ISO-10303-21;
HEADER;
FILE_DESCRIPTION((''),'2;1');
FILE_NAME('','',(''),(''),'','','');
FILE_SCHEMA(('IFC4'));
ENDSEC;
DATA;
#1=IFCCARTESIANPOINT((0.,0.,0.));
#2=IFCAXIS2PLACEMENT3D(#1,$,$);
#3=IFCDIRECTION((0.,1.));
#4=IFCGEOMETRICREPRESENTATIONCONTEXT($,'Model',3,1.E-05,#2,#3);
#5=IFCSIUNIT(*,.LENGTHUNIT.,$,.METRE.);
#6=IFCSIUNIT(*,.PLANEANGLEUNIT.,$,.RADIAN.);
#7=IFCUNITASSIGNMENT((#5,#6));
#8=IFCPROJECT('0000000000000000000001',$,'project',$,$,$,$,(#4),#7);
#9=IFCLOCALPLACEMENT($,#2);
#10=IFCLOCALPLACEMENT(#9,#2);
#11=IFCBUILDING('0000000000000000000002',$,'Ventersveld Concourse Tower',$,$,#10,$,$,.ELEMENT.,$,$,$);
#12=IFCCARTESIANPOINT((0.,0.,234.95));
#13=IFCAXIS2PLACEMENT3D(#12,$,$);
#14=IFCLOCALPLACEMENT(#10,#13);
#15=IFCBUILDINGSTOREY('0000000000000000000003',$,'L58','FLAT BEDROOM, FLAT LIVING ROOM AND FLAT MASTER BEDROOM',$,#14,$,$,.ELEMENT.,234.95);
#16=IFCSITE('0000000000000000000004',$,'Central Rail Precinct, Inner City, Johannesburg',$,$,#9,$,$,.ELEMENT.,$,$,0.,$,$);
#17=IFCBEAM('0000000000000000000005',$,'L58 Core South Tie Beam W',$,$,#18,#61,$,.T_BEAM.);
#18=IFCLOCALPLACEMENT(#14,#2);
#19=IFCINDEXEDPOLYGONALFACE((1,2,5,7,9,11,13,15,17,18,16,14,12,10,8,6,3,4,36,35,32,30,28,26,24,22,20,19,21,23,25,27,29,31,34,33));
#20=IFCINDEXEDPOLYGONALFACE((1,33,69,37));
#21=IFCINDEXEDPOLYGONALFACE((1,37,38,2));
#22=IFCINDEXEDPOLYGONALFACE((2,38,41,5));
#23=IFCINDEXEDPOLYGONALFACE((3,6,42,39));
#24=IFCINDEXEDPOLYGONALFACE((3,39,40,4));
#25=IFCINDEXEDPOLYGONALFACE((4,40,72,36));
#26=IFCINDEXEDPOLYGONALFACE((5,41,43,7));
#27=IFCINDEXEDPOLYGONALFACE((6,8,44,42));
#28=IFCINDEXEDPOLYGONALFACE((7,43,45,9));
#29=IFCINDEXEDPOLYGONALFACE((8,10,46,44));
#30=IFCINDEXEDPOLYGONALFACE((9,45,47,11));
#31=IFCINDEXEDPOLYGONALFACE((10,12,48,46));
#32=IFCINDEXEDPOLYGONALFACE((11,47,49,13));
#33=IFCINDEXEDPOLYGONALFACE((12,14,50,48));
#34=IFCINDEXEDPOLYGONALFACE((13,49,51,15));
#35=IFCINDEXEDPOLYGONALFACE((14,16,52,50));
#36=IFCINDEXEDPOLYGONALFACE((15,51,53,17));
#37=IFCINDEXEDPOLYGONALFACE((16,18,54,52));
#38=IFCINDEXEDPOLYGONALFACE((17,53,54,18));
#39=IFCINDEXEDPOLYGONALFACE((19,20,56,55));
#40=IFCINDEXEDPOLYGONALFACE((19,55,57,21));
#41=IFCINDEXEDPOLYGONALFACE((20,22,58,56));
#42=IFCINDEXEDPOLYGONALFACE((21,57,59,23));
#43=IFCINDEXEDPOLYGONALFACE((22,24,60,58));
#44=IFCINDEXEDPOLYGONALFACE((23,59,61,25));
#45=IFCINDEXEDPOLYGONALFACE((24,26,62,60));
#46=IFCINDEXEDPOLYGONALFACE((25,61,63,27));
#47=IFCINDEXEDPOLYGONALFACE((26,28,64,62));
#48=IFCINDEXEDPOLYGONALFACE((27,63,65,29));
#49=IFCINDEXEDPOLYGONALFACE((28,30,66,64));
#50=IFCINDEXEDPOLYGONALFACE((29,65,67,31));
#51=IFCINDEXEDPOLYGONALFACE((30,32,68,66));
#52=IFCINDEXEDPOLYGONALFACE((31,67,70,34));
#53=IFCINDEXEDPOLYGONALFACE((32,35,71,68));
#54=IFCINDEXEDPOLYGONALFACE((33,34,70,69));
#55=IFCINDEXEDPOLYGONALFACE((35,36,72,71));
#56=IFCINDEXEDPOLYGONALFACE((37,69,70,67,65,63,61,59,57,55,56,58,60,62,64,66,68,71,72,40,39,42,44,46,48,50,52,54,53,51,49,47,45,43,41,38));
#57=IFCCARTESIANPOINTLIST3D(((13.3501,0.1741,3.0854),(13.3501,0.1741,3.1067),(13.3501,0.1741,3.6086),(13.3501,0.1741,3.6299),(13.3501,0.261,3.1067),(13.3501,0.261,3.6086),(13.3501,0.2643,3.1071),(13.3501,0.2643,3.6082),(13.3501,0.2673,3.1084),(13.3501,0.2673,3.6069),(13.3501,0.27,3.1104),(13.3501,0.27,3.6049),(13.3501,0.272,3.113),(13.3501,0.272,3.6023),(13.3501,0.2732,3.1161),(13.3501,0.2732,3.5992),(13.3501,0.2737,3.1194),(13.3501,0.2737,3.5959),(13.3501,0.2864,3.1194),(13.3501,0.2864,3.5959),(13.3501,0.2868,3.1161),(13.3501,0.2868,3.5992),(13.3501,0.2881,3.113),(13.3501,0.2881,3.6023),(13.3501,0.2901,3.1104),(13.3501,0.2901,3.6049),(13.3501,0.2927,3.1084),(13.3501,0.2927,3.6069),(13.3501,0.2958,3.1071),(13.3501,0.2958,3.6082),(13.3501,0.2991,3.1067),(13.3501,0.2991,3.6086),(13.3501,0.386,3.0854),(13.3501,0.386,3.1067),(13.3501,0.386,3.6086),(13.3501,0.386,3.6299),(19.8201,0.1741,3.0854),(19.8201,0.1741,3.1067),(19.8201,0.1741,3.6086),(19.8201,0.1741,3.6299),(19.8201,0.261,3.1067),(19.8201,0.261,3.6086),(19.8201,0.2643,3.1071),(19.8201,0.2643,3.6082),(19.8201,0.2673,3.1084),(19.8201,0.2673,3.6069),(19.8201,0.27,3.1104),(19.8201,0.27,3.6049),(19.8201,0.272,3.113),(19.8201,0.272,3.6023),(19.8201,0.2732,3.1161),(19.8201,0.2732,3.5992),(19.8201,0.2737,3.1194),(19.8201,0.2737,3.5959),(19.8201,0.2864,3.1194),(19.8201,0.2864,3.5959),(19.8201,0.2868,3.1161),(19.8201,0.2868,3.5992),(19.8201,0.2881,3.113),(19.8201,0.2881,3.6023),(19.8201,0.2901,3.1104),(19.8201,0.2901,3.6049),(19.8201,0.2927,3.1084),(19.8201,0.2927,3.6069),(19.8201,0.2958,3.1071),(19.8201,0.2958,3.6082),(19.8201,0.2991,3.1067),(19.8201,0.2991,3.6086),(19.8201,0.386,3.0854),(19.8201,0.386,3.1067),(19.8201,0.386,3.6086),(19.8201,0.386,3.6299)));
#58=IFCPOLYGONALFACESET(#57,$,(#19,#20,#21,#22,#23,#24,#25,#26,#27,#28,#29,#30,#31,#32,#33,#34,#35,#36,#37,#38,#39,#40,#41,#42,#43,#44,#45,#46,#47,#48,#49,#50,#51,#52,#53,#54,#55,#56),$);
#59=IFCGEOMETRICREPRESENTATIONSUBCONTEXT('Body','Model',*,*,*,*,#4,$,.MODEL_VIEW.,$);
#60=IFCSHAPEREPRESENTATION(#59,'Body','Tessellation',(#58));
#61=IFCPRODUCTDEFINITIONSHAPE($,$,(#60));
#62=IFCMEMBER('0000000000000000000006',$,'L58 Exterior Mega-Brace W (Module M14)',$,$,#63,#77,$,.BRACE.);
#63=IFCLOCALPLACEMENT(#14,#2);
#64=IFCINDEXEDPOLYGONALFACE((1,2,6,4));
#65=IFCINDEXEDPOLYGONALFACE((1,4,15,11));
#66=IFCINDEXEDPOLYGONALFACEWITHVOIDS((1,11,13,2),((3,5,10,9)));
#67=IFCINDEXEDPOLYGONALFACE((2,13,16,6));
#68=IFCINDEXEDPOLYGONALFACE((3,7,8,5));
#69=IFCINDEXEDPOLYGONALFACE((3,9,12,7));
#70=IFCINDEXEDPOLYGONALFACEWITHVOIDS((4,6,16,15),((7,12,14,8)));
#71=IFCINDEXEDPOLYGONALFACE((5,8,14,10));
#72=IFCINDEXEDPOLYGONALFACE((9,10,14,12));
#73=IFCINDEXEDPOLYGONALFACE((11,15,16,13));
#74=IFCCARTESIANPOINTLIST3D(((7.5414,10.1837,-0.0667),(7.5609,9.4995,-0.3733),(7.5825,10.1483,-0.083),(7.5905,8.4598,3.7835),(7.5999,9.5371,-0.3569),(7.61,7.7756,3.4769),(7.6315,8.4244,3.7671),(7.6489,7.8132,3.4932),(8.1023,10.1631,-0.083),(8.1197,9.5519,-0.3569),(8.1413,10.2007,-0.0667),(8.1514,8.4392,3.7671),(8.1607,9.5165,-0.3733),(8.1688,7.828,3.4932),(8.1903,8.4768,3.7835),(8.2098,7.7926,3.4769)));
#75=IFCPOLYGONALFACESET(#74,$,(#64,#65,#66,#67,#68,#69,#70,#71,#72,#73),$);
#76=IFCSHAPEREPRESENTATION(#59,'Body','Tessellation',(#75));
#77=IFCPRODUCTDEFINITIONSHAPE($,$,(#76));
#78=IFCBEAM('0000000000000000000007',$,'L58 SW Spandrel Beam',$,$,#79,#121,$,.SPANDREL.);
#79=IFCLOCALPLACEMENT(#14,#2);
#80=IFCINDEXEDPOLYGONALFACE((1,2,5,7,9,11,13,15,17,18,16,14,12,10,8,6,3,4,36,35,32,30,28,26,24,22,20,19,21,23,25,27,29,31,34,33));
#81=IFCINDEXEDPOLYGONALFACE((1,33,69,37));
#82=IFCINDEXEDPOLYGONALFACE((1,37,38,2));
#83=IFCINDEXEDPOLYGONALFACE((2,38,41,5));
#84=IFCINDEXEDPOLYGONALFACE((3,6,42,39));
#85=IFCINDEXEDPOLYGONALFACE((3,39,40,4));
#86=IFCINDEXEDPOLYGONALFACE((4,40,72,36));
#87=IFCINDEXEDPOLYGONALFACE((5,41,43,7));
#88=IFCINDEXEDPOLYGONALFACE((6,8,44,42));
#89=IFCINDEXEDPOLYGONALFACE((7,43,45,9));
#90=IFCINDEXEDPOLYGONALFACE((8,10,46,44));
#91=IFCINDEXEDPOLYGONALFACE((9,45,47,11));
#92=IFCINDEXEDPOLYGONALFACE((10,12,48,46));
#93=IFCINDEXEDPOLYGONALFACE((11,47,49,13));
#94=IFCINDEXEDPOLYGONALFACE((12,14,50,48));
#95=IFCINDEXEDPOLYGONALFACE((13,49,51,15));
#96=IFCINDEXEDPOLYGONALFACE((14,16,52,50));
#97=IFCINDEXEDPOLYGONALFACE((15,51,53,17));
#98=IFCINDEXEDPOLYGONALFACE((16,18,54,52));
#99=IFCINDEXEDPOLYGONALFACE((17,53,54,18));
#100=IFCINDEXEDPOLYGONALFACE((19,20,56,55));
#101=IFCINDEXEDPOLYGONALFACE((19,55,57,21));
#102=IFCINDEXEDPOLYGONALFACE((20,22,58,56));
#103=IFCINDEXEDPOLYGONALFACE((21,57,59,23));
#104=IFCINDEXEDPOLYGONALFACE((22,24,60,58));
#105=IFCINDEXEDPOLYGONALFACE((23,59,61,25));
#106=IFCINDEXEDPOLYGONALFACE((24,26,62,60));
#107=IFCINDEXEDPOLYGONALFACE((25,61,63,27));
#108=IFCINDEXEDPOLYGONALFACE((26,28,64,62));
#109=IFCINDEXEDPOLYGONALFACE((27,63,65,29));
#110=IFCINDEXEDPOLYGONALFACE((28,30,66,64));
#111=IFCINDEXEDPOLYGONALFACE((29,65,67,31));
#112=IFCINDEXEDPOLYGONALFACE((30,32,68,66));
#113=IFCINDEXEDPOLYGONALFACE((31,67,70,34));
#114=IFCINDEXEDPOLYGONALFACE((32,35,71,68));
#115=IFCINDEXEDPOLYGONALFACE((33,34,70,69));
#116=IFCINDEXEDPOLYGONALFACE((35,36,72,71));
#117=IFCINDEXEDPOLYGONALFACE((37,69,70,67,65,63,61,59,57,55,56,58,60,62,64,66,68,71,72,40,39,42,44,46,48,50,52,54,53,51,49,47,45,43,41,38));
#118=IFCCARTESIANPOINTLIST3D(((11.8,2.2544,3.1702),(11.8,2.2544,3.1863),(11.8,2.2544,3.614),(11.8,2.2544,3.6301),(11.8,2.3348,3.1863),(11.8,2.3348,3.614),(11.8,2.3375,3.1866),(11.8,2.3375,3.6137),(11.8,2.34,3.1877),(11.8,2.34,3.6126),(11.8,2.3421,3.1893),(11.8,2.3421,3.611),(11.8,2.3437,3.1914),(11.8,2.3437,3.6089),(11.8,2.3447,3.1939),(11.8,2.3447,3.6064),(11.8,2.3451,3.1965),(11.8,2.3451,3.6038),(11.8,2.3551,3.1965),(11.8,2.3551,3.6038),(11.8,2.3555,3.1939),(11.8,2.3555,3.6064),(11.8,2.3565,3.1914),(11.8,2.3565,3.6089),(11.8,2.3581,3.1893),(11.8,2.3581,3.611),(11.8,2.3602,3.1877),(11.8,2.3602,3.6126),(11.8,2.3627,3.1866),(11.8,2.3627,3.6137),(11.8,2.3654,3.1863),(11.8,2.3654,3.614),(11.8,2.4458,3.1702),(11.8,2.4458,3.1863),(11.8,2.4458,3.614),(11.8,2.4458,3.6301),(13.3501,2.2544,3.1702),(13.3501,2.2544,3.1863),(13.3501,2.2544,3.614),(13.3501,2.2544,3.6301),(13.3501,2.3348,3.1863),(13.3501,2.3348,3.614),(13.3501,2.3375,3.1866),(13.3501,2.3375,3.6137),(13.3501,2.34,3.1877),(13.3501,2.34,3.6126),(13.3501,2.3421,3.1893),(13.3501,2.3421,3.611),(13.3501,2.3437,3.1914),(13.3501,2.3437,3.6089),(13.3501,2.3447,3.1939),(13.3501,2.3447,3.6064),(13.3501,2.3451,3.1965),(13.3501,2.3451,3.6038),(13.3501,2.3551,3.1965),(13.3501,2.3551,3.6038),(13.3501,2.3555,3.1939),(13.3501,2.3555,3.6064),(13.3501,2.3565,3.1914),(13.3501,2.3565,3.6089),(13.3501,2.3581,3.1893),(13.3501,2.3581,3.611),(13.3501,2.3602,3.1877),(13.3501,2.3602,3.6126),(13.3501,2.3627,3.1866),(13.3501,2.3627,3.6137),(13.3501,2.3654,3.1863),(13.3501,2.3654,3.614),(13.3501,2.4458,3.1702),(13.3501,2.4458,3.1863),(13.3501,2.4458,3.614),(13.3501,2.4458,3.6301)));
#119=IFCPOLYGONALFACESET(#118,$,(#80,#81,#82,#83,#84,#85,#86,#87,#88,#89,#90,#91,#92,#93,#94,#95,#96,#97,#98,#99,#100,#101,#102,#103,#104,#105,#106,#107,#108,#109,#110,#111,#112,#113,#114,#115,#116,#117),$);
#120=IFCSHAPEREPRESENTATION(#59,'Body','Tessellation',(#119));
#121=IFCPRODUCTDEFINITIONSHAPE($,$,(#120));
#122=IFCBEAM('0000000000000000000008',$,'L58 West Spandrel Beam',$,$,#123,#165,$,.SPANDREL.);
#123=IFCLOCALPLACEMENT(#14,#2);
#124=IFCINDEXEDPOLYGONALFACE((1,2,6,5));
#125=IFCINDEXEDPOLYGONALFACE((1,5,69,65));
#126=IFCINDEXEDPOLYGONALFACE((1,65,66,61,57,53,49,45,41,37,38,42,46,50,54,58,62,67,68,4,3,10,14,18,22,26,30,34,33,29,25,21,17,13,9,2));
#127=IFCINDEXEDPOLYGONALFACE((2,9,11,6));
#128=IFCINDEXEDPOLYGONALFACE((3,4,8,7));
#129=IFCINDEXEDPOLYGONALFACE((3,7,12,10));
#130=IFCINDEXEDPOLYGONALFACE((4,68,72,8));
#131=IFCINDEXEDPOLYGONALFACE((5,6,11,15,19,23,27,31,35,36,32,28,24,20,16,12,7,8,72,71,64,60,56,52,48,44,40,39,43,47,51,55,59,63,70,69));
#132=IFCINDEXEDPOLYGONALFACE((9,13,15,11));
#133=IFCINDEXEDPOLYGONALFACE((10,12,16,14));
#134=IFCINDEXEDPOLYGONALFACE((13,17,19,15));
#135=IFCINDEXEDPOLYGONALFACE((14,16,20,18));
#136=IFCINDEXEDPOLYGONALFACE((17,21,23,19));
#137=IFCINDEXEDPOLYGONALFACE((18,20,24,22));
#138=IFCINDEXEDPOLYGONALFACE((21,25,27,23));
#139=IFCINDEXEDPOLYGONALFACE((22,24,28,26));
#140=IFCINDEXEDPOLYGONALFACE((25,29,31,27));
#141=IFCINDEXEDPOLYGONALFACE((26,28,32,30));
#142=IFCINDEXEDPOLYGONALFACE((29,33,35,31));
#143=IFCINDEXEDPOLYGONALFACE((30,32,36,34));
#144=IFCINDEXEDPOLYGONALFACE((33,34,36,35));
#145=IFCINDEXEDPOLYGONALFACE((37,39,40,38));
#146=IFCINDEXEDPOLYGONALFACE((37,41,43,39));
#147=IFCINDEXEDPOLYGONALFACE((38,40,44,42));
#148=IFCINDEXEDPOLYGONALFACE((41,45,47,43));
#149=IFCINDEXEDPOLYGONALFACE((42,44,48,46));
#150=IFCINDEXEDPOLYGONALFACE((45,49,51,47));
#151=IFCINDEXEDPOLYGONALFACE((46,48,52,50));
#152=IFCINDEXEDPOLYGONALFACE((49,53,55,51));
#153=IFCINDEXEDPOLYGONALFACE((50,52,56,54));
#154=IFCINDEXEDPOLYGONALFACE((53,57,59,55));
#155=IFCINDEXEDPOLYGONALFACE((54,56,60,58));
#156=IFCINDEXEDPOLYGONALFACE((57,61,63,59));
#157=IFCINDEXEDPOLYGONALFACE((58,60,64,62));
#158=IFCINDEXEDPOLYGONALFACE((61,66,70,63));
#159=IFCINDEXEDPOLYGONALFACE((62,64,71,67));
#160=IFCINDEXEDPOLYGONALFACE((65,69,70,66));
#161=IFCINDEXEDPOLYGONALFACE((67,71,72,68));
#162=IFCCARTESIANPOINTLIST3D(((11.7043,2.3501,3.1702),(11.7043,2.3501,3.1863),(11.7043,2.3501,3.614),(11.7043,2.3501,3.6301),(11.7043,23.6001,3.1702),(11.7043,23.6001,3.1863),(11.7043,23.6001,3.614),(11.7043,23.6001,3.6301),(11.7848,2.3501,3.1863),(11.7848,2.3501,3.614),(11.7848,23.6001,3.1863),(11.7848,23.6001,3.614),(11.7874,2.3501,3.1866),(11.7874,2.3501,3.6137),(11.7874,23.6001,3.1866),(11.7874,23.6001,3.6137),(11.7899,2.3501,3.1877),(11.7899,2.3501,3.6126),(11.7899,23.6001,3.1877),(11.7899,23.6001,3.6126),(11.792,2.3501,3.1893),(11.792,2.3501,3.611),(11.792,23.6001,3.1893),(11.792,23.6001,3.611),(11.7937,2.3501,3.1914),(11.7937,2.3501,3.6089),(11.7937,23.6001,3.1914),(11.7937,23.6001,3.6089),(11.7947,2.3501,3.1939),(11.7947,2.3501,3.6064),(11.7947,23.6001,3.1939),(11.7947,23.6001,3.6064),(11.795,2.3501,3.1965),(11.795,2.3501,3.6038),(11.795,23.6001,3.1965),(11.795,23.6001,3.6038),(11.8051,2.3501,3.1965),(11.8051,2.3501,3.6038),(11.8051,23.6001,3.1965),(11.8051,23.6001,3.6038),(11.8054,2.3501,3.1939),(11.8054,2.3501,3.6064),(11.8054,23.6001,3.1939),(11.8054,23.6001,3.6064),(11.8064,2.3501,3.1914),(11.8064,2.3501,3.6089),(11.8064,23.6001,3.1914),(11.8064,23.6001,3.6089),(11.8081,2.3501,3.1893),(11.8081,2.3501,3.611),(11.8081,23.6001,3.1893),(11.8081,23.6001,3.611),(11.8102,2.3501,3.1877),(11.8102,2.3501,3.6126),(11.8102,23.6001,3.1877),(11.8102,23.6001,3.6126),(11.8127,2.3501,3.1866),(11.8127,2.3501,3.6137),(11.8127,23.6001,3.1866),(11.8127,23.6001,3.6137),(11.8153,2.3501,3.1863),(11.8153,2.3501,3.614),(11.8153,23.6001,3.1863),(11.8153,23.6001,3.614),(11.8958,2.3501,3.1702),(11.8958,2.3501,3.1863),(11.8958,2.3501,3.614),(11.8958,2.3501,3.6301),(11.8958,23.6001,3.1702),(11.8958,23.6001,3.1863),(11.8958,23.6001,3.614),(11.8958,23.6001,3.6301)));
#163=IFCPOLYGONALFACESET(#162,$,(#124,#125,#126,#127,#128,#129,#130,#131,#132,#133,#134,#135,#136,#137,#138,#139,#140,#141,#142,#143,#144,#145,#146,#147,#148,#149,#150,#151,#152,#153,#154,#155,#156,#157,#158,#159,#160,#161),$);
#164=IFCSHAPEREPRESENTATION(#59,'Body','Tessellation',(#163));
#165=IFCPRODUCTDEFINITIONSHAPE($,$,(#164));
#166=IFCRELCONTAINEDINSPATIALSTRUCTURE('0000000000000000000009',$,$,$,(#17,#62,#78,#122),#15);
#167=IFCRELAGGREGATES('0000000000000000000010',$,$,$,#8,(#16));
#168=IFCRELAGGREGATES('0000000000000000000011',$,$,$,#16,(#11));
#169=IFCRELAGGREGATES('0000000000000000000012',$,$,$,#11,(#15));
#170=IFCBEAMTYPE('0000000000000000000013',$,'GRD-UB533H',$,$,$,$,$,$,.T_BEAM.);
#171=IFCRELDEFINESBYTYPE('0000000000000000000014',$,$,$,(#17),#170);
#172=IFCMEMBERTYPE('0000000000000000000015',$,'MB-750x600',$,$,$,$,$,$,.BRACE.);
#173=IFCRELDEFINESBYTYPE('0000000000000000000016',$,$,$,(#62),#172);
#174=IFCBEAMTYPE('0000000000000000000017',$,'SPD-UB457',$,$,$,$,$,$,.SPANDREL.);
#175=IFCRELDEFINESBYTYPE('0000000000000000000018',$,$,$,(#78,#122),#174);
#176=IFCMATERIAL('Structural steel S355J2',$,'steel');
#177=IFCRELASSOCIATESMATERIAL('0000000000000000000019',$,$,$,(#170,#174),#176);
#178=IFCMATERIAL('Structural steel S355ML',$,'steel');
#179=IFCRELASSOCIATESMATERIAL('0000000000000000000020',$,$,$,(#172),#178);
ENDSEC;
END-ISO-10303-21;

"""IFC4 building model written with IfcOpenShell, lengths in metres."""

from ifc_helpers import new_model, si_unit, direction, frame, origin, origin_2d, place, context, subcontext, project, spatial, hollow_rectangle, i_section, extrude, material, material_profile, profile_set, type_object, element, save


model = new_model("IFC4")

# Units and contexts
model_context = context("Model", 3, precision=1e-05, world=origin(), true_north=direction((0.0, 1.0)))
body_context = subcontext(model_context, "Body", "Model", "MODEL_VIEW")
ifc_project = project(units=[si_unit("LENGTHUNIT", "METRE"), si_unit("PLANEANGLEUNIT", "RADIAN")], contexts=[model_context])

# Site, building, storey
site_placement = place(None, origin())
site = spatial("IfcSite", under=ifc_project, at=site_placement, Name="Central Rail Precinct, Inner City, Johannesburg", CompositionType="ELEMENT", RefElevation=0.0)
building_placement = place(site_placement, origin())
building = spatial("IfcBuilding", under=site, at=building_placement, Name="Ventersveld Concourse Tower", CompositionType="ELEMENT")
storey_placement = place(building_placement, frame((0.0, 0.0, 234.95)))
storey = spatial("IfcBuildingStorey", under=building, at=storey_placement, Name="L58", Description="FLAT BEDROOM, FLAT LIVING ROOM AND FLAT MASTER BEDROOM", CompositionType="ELEMENT", Elevation=234.95)

# Beam
ifc_material_1 = material(Name="Structural steel S355J2", Category="steel")
ifc_material_profile_1 = material_profile(ifc_material_1, i_section(OverallWidth=0.2119, OverallDepth=0.5444, WebThickness=0.0127, FlangeThickness=0.0212, FilletRadius=0.0127, at=origin_2d()), Name="UB 533x210x122")
ifc_profile_set_1 = profile_set([ifc_material_profile_1], Name="Structural steel S355J2")
beam_type_1 = type_object("IfcBeamType", Name="GRD-UB533H", PredefinedType="T_BEAM", material=ifc_profile_set_1)
beam_1_placement = place(storey_placement, frame((13.3501, 0.28, 3.3577), z_axis=(1.0, 0.0, 0.0), x_axis=(0.0, 1.0, 0.0)))
element("IfcBeam", 1, at=beam_1_placement, inside=storey, type_object=beam_type_1, Name="L58 Core South Tie Beam W", PredefinedType="T_BEAM", context=body_context, shape_type="SweptSolid", body=[
    extrude(i_section(OverallWidth=0.2119, OverallDepth=0.5444, WebThickness=0.0127, FlangeThickness=0.0212, FilletRadius=0.0127, at=origin_2d()), origin(), (0.0, 0.0, 1.0), 6.47),
])

# Member
ifc_material_2 = material(Name="Structural steel S355ML", Category="steel")
ifc_material_profile_2 = material_profile(ifc_material_2, hollow_rectangle(XDim=0.6001, YDim=0.75, WallThickness=0.04, at=origin_2d()), Name="BOX 750x600x40")
ifc_profile_set_2 = profile_set([ifc_material_profile_2], Name="Structural steel S355ML")
member_type = type_object("IfcMemberType", Name="MB-750x600", PredefinedType="BRACE", material=ifc_profile_set_2)
member_placement = place(storey_placement, frame((7.8511, 9.8501, -0.22), z_axis=(0.011632, -0.408628, 0.912627), x_axis=(0.999595, 0.028455, 0.0)))
element("IfcMember", 2, at=member_placement, inside=storey, type_object=member_type, Name="L58 Exterior Mega-Brace W (Module M14)", PredefinedType="BRACE", context=body_context, shape_type="SweptSolid", body=[
    extrude(hollow_rectangle(XDim=0.6001, YDim=0.75, WallThickness=0.04, at=origin_2d()), origin(), (0.0, 0.0, 1.0), 4.2188),
])

# Beams
ifc_material_profile_3 = material_profile(ifc_material_1, i_section(OverallWidth=0.1914, OverallDepth=0.46, WebThickness=0.01, FlangeThickness=0.0161, FilletRadius=0.0103, at=origin_2d()), Name="UB 457x191x82")
ifc_profile_set_3 = profile_set([ifc_material_profile_3], Name="Structural steel S355J2")
beam_type_2 = type_object("IfcBeamType", Name="SPD-UB457", PredefinedType="SPANDREL", material=ifc_profile_set_3)
beam_2_placement = place(storey_placement, frame((11.8, 2.3501, 3.4001), z_axis=(1.0, 0.0, 0.0), x_axis=(0.0, 1.0, 0.0)))
element("IfcBeam", 3, at=beam_2_placement, inside=storey, type_object=beam_type_2, Name="L58 SW Spandrel Beam", PredefinedType="SPANDREL", context=body_context, shape_type="SweptSolid", body=[
    extrude(i_section(OverallWidth=0.1914, OverallDepth=0.46, WebThickness=0.01, FlangeThickness=0.0161, FilletRadius=0.0103, at=origin_2d()), origin(), (0.0, 0.0, 1.0), 1.55),
])
beam_3_placement = place(storey_placement, frame((11.8, 2.3501, 3.4001), z_axis=(0.0, 1.0, 0.0), x_axis=(-1.0, 0.0, 0.0)))
element("IfcBeam", 4, at=beam_3_placement, inside=storey, type_object=beam_type_2, Name="L58 West Spandrel Beam", PredefinedType="SPANDREL", context=body_context, shape_type="SweptSolid", body=[
    extrude(i_section(OverallWidth=0.1914, OverallDepth=0.46, WebThickness=0.01, FlangeThickness=0.0161, FilletRadius=0.0103, at=origin_2d()), origin(), (0.0, 0.0, 1.0), 21.25),
])

save(model, "model.ifc")
